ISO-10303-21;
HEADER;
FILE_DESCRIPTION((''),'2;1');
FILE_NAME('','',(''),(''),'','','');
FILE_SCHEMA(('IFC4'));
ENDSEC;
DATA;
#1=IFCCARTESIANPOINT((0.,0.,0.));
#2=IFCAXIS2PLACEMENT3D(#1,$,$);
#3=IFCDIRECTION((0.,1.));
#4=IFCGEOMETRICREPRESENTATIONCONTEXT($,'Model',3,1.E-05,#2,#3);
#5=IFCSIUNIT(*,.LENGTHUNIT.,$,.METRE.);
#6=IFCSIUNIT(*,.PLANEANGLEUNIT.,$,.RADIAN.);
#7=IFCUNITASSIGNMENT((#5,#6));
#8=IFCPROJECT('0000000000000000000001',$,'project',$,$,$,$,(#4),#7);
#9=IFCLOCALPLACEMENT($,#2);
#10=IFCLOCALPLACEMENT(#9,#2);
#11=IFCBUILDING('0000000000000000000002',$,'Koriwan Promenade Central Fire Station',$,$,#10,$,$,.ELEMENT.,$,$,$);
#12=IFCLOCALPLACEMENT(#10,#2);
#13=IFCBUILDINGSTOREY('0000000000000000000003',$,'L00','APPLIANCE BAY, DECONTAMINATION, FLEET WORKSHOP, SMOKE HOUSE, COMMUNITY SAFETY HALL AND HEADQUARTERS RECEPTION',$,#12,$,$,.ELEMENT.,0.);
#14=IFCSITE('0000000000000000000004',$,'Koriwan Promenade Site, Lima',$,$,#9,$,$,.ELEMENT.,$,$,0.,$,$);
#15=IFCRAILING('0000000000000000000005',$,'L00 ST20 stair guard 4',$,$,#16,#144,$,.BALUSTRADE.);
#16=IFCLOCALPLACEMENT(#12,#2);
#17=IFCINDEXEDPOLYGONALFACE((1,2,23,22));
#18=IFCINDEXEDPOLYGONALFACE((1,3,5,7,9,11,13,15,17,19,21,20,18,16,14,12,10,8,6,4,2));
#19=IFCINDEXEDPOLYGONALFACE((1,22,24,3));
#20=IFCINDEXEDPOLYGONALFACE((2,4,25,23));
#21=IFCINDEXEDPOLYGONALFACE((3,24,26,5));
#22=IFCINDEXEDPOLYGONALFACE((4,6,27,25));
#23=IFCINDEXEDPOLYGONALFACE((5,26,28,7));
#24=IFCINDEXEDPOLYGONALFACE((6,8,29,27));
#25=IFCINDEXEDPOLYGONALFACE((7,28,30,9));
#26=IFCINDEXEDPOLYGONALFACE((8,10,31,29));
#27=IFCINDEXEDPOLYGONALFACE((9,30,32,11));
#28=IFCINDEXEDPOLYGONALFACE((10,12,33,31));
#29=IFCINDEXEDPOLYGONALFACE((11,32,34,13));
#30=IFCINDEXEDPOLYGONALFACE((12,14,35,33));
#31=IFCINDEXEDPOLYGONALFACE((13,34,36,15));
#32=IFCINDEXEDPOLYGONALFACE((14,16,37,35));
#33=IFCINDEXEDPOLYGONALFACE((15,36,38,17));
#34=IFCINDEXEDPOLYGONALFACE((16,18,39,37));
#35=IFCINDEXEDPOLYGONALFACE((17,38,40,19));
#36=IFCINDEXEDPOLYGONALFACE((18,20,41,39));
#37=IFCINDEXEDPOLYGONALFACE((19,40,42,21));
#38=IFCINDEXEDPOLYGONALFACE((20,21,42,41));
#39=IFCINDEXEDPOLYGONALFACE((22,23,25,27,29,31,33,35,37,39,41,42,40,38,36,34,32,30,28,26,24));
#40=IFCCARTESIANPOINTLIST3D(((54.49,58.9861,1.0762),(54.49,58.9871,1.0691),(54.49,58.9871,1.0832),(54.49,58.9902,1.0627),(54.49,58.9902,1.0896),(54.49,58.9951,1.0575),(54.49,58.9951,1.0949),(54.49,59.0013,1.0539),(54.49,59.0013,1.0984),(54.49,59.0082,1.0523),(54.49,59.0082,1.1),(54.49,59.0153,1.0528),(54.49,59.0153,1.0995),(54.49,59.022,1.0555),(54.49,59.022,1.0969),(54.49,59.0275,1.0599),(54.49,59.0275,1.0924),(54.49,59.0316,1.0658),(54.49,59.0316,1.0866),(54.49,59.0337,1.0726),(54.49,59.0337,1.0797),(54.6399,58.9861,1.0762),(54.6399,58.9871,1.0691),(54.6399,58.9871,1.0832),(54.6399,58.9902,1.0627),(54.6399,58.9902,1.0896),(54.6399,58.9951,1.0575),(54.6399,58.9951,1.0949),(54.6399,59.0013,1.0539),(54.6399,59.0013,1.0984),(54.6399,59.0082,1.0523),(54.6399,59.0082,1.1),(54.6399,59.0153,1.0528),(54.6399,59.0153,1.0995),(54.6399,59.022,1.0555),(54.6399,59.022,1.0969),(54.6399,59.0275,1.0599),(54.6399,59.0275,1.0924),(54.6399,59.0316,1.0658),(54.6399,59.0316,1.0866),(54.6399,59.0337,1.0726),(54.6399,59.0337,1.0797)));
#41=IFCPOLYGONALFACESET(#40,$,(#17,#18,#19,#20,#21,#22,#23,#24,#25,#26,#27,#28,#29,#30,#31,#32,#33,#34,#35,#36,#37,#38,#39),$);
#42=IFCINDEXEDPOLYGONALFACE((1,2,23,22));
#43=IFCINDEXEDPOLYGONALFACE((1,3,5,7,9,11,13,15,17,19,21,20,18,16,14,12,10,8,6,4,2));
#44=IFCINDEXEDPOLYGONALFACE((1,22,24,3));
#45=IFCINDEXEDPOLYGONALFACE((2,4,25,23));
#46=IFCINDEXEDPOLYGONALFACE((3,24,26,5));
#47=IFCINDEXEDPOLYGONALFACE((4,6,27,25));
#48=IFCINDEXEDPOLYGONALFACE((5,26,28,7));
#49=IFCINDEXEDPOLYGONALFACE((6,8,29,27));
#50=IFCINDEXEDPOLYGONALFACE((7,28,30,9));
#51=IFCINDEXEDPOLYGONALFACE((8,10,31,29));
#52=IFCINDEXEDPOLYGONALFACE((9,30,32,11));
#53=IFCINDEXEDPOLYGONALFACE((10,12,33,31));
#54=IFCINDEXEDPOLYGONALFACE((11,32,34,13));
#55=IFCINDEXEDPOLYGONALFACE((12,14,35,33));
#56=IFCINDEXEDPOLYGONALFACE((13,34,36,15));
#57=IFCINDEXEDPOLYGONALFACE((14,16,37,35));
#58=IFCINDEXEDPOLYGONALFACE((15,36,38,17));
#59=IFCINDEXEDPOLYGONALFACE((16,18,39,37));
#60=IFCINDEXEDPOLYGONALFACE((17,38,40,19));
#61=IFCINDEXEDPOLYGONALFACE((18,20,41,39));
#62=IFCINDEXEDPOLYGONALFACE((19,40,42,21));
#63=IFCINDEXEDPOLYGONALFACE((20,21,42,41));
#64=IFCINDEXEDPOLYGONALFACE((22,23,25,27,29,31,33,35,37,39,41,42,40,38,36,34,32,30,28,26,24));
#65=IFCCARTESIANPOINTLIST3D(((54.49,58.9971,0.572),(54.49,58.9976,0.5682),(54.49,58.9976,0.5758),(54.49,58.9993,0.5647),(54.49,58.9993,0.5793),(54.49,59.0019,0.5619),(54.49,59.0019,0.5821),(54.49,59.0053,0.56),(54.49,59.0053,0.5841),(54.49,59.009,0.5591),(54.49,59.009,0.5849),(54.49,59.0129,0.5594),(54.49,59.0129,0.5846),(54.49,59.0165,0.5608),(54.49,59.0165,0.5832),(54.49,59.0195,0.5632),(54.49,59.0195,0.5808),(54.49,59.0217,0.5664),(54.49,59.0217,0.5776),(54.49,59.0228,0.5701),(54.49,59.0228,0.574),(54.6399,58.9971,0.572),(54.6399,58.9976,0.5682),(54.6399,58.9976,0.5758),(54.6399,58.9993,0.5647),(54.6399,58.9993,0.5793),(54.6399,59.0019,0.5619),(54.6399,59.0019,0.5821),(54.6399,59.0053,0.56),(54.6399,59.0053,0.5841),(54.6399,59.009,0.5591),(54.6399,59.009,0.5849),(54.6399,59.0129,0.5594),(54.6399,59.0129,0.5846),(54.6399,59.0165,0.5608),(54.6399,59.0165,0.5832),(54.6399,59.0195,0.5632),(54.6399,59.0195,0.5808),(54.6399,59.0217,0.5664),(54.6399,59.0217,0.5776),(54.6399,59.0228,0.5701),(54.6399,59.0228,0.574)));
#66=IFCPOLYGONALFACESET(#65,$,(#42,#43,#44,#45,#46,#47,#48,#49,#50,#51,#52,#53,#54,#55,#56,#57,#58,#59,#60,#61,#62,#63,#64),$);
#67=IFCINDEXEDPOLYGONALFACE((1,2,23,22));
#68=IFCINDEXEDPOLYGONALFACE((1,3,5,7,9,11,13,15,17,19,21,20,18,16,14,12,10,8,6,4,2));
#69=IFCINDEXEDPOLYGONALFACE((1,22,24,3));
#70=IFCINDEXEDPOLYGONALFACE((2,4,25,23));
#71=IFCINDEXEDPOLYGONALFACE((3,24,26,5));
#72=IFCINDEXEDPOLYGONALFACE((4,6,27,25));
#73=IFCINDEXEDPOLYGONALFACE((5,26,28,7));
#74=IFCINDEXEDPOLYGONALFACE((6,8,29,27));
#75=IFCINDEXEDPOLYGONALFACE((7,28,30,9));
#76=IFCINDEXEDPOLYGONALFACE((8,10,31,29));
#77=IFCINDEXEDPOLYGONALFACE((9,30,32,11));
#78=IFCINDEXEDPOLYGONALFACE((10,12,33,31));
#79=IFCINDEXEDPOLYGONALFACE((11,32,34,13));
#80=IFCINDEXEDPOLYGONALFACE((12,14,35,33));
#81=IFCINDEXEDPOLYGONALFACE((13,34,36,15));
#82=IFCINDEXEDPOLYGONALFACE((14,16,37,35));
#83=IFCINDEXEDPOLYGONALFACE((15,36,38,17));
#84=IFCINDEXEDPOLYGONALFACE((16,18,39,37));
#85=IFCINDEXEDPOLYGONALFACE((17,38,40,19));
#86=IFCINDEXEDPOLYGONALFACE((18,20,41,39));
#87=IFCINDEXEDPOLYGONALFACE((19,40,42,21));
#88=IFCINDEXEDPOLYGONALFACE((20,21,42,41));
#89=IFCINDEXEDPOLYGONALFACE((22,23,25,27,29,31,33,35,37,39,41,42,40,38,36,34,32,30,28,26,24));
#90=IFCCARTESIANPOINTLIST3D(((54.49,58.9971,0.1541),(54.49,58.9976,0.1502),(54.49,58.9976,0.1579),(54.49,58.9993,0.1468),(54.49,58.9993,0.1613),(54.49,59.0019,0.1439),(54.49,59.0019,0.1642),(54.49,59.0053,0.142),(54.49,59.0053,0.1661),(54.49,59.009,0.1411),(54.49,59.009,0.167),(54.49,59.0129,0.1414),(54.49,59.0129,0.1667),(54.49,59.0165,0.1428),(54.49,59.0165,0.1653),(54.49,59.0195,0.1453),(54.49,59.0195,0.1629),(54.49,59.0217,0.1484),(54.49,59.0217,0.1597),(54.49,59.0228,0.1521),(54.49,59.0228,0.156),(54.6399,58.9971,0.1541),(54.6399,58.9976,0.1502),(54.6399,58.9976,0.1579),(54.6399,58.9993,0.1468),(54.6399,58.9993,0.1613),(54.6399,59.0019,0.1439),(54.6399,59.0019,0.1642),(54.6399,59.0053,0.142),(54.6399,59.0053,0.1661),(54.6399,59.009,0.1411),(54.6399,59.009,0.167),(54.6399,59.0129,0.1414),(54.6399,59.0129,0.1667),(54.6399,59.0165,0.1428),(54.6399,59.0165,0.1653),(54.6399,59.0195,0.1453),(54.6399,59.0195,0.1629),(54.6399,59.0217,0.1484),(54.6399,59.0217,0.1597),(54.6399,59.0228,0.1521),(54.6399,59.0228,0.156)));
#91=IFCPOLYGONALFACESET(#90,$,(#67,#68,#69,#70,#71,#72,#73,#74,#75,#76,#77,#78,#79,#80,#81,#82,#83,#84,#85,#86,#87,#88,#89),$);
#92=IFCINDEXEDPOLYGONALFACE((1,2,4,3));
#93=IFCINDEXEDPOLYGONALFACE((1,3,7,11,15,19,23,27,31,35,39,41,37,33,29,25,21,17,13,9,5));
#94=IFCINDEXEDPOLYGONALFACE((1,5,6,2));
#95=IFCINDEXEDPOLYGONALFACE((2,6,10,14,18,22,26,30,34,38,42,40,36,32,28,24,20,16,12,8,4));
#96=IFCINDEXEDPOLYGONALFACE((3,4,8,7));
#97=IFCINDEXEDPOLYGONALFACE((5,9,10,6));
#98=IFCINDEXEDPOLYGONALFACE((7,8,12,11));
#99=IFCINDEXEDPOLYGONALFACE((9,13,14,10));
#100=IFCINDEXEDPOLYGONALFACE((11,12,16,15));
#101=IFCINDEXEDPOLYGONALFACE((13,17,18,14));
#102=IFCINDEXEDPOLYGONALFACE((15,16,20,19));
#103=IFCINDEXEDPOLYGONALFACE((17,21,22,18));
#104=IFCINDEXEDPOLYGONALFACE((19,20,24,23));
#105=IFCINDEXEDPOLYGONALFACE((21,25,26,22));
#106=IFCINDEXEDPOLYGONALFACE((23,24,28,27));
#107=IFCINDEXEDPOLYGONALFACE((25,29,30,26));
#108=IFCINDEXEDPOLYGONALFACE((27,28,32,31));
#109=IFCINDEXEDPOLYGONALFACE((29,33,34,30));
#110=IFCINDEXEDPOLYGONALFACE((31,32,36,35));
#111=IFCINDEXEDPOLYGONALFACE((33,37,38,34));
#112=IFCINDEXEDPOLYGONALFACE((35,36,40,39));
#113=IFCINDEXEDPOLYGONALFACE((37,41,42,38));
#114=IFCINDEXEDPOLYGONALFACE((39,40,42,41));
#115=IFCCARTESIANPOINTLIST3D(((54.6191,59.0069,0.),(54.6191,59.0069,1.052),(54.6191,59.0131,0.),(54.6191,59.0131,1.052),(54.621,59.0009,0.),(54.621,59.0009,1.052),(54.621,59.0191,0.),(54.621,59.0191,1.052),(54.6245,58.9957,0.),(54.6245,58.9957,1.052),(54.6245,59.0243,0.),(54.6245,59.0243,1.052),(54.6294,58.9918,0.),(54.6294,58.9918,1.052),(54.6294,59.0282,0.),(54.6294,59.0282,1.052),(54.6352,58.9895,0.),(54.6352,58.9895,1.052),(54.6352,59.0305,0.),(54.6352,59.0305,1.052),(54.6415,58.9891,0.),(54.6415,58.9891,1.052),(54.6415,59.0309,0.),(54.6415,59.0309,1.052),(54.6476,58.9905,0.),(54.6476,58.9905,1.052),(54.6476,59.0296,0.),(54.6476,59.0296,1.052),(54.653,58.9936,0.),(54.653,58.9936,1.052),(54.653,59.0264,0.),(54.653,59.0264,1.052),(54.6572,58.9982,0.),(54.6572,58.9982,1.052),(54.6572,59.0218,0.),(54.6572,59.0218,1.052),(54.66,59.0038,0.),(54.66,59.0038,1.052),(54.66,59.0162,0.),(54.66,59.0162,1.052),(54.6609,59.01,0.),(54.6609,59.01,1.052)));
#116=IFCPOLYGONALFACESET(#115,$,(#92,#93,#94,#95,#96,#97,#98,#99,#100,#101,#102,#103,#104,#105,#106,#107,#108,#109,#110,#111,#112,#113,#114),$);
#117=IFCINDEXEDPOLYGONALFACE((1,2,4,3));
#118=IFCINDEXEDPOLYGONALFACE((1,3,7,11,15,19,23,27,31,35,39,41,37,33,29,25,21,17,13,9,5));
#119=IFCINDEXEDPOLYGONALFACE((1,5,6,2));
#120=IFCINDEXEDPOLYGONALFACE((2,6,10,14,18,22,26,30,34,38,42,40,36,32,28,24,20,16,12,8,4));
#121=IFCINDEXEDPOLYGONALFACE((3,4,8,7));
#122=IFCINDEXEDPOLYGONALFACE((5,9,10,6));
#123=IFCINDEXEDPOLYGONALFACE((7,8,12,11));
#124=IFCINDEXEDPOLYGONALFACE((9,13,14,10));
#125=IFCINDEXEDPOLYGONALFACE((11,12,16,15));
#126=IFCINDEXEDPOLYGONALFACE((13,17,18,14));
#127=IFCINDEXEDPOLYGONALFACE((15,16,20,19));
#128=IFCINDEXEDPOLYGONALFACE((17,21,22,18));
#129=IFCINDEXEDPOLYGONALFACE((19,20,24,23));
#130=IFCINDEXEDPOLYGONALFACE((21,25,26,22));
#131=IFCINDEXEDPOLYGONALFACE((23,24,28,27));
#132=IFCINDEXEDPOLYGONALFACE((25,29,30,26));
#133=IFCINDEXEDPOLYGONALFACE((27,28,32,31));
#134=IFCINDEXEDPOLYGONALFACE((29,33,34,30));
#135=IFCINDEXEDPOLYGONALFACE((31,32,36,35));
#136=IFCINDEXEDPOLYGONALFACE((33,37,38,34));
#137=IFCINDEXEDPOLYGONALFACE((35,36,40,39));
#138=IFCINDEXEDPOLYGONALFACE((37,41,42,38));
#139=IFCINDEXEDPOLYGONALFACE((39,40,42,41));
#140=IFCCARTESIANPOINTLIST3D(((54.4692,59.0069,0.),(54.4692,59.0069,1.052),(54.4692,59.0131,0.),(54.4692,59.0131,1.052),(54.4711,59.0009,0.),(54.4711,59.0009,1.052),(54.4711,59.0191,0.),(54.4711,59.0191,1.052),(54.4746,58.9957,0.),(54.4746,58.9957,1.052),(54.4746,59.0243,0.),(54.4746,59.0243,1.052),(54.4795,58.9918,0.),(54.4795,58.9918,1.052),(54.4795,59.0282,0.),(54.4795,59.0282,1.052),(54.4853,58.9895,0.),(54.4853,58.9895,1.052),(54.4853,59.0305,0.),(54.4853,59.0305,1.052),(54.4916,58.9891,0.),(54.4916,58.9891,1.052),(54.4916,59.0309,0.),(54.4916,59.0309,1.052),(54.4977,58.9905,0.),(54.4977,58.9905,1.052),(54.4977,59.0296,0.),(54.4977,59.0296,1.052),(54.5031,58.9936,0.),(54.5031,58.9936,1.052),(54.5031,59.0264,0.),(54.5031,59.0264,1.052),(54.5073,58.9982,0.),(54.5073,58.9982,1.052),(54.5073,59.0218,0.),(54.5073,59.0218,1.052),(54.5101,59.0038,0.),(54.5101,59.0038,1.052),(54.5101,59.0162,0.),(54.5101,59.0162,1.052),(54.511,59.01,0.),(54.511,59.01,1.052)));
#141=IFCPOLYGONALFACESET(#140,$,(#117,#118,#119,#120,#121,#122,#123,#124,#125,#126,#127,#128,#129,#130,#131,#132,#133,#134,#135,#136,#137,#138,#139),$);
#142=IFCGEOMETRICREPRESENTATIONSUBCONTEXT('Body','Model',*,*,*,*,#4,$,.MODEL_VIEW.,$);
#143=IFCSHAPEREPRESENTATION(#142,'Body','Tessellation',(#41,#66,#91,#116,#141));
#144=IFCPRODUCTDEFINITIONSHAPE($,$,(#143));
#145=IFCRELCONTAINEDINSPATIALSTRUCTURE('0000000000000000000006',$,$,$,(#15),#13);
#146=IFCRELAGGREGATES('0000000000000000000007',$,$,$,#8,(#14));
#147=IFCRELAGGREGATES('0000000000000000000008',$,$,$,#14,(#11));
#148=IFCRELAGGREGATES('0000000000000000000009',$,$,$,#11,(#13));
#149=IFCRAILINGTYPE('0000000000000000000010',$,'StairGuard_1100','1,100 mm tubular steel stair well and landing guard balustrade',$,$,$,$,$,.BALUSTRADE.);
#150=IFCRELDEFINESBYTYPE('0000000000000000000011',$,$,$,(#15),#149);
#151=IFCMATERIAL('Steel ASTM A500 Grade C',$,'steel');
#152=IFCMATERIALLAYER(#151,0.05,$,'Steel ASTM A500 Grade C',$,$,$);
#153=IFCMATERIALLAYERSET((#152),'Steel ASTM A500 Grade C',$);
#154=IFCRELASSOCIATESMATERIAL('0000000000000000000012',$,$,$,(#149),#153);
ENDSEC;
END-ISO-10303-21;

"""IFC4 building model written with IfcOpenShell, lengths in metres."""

from ifc_helpers import new_model, si_unit, direction, frame, origin, origin_2d, place, context, subcontext, project, spatial, circle, extrude, material, layer, layer_set, type_object, element, save


model = new_model("IFC4")

# Units and contexts
model_context = context("Model", 3, precision=1e-05, world=origin(), true_north=direction((0.0, 1.0)))
body_context = subcontext(model_context, "Body", "Model", "MODEL_VIEW")
ifc_project = project(units=[si_unit("LENGTHUNIT", "METRE"), si_unit("PLANEANGLEUNIT", "RADIAN")], contexts=[model_context])

# Site, building, storey
site_placement = place(None, origin())
site = spatial("IfcSite", under=ifc_project, at=site_placement, Name="Koriwan Promenade Site, Lima", CompositionType="ELEMENT", RefElevation=0.0)
building_placement = place(site_placement, origin())
building = spatial("IfcBuilding", under=site, at=building_placement, Name="Koriwan Promenade Central Fire Station", CompositionType="ELEMENT")
storey_placement = place(building_placement, origin())
storey = spatial("IfcBuildingStorey", under=building, at=storey_placement, Name="L00", Description="APPLIANCE BAY, DECONTAMINATION, FLEET WORKSHOP, SMOKE HOUSE, COMMUNITY SAFETY HALL AND HEADQUARTERS RECEPTION", CompositionType="ELEMENT", Elevation=0.0)

# Railing
ifc_material_1 = material(Name="Steel ASTM A500 Grade C", Category="steel")
ifc_layer_1 = layer(ifc_material_1, 0.05, Name="Steel ASTM A500 Grade C")
ifc_layer_set_1 = layer_set([ifc_layer_1], Name="Steel ASTM A500 Grade C")
railing_type_1 = type_object("IfcRailingType", Name="StairGuard_1100", Description="1,100 mm tubular steel stair well and landing guard balustrade", PredefinedType="BALUSTRADE", material=ifc_layer_set_1)
railing_1_placement = place(storey_placement, frame((54.6399, 59.01, 0.0)))
element("IfcRailing", 1, at=railing_1_placement, inside=storey, type_object=railing_type_1, Name="L00 ST20 stair guard 4", PredefinedType="BALUSTRADE", context=body_context, shape_type="SweptSolid", body=[
    extrude(circle(Radius=0.0239, at=origin_2d()), frame((0.0, 0.0, 1.0762), z_axis=(-1.0, 0.0, 0.0), x_axis=(0.0, -1.0, 0.0)), (0.0, 0.0, 1.0), 0.1499),
    extrude(circle(Radius=0.0129, at=origin_2d()), frame((0.0, 0.0, 0.572), z_axis=(-1.0, 0.0, 0.0), x_axis=(0.0, -1.0, 0.0)), (0.0, 0.0, 1.0), 0.1499),
    extrude(circle(Radius=0.0129, at=origin_2d()), frame((0.0, 0.0, 0.1541), z_axis=(-1.0, 0.0, 0.0), x_axis=(0.0, -1.0, 0.0)), (0.0, 0.0, 1.0), 0.1499),
    extrude(circle(Radius=0.021, at=origin_2d()), origin(), (0.0, 0.0, 1.0), 1.052),
    extrude(circle(Radius=0.021, at=origin_2d()), frame((-0.1499, 0.0, 0.0)), (0.0, 0.0, 1.0), 1.052),
])

save(model, "model.ifc")
